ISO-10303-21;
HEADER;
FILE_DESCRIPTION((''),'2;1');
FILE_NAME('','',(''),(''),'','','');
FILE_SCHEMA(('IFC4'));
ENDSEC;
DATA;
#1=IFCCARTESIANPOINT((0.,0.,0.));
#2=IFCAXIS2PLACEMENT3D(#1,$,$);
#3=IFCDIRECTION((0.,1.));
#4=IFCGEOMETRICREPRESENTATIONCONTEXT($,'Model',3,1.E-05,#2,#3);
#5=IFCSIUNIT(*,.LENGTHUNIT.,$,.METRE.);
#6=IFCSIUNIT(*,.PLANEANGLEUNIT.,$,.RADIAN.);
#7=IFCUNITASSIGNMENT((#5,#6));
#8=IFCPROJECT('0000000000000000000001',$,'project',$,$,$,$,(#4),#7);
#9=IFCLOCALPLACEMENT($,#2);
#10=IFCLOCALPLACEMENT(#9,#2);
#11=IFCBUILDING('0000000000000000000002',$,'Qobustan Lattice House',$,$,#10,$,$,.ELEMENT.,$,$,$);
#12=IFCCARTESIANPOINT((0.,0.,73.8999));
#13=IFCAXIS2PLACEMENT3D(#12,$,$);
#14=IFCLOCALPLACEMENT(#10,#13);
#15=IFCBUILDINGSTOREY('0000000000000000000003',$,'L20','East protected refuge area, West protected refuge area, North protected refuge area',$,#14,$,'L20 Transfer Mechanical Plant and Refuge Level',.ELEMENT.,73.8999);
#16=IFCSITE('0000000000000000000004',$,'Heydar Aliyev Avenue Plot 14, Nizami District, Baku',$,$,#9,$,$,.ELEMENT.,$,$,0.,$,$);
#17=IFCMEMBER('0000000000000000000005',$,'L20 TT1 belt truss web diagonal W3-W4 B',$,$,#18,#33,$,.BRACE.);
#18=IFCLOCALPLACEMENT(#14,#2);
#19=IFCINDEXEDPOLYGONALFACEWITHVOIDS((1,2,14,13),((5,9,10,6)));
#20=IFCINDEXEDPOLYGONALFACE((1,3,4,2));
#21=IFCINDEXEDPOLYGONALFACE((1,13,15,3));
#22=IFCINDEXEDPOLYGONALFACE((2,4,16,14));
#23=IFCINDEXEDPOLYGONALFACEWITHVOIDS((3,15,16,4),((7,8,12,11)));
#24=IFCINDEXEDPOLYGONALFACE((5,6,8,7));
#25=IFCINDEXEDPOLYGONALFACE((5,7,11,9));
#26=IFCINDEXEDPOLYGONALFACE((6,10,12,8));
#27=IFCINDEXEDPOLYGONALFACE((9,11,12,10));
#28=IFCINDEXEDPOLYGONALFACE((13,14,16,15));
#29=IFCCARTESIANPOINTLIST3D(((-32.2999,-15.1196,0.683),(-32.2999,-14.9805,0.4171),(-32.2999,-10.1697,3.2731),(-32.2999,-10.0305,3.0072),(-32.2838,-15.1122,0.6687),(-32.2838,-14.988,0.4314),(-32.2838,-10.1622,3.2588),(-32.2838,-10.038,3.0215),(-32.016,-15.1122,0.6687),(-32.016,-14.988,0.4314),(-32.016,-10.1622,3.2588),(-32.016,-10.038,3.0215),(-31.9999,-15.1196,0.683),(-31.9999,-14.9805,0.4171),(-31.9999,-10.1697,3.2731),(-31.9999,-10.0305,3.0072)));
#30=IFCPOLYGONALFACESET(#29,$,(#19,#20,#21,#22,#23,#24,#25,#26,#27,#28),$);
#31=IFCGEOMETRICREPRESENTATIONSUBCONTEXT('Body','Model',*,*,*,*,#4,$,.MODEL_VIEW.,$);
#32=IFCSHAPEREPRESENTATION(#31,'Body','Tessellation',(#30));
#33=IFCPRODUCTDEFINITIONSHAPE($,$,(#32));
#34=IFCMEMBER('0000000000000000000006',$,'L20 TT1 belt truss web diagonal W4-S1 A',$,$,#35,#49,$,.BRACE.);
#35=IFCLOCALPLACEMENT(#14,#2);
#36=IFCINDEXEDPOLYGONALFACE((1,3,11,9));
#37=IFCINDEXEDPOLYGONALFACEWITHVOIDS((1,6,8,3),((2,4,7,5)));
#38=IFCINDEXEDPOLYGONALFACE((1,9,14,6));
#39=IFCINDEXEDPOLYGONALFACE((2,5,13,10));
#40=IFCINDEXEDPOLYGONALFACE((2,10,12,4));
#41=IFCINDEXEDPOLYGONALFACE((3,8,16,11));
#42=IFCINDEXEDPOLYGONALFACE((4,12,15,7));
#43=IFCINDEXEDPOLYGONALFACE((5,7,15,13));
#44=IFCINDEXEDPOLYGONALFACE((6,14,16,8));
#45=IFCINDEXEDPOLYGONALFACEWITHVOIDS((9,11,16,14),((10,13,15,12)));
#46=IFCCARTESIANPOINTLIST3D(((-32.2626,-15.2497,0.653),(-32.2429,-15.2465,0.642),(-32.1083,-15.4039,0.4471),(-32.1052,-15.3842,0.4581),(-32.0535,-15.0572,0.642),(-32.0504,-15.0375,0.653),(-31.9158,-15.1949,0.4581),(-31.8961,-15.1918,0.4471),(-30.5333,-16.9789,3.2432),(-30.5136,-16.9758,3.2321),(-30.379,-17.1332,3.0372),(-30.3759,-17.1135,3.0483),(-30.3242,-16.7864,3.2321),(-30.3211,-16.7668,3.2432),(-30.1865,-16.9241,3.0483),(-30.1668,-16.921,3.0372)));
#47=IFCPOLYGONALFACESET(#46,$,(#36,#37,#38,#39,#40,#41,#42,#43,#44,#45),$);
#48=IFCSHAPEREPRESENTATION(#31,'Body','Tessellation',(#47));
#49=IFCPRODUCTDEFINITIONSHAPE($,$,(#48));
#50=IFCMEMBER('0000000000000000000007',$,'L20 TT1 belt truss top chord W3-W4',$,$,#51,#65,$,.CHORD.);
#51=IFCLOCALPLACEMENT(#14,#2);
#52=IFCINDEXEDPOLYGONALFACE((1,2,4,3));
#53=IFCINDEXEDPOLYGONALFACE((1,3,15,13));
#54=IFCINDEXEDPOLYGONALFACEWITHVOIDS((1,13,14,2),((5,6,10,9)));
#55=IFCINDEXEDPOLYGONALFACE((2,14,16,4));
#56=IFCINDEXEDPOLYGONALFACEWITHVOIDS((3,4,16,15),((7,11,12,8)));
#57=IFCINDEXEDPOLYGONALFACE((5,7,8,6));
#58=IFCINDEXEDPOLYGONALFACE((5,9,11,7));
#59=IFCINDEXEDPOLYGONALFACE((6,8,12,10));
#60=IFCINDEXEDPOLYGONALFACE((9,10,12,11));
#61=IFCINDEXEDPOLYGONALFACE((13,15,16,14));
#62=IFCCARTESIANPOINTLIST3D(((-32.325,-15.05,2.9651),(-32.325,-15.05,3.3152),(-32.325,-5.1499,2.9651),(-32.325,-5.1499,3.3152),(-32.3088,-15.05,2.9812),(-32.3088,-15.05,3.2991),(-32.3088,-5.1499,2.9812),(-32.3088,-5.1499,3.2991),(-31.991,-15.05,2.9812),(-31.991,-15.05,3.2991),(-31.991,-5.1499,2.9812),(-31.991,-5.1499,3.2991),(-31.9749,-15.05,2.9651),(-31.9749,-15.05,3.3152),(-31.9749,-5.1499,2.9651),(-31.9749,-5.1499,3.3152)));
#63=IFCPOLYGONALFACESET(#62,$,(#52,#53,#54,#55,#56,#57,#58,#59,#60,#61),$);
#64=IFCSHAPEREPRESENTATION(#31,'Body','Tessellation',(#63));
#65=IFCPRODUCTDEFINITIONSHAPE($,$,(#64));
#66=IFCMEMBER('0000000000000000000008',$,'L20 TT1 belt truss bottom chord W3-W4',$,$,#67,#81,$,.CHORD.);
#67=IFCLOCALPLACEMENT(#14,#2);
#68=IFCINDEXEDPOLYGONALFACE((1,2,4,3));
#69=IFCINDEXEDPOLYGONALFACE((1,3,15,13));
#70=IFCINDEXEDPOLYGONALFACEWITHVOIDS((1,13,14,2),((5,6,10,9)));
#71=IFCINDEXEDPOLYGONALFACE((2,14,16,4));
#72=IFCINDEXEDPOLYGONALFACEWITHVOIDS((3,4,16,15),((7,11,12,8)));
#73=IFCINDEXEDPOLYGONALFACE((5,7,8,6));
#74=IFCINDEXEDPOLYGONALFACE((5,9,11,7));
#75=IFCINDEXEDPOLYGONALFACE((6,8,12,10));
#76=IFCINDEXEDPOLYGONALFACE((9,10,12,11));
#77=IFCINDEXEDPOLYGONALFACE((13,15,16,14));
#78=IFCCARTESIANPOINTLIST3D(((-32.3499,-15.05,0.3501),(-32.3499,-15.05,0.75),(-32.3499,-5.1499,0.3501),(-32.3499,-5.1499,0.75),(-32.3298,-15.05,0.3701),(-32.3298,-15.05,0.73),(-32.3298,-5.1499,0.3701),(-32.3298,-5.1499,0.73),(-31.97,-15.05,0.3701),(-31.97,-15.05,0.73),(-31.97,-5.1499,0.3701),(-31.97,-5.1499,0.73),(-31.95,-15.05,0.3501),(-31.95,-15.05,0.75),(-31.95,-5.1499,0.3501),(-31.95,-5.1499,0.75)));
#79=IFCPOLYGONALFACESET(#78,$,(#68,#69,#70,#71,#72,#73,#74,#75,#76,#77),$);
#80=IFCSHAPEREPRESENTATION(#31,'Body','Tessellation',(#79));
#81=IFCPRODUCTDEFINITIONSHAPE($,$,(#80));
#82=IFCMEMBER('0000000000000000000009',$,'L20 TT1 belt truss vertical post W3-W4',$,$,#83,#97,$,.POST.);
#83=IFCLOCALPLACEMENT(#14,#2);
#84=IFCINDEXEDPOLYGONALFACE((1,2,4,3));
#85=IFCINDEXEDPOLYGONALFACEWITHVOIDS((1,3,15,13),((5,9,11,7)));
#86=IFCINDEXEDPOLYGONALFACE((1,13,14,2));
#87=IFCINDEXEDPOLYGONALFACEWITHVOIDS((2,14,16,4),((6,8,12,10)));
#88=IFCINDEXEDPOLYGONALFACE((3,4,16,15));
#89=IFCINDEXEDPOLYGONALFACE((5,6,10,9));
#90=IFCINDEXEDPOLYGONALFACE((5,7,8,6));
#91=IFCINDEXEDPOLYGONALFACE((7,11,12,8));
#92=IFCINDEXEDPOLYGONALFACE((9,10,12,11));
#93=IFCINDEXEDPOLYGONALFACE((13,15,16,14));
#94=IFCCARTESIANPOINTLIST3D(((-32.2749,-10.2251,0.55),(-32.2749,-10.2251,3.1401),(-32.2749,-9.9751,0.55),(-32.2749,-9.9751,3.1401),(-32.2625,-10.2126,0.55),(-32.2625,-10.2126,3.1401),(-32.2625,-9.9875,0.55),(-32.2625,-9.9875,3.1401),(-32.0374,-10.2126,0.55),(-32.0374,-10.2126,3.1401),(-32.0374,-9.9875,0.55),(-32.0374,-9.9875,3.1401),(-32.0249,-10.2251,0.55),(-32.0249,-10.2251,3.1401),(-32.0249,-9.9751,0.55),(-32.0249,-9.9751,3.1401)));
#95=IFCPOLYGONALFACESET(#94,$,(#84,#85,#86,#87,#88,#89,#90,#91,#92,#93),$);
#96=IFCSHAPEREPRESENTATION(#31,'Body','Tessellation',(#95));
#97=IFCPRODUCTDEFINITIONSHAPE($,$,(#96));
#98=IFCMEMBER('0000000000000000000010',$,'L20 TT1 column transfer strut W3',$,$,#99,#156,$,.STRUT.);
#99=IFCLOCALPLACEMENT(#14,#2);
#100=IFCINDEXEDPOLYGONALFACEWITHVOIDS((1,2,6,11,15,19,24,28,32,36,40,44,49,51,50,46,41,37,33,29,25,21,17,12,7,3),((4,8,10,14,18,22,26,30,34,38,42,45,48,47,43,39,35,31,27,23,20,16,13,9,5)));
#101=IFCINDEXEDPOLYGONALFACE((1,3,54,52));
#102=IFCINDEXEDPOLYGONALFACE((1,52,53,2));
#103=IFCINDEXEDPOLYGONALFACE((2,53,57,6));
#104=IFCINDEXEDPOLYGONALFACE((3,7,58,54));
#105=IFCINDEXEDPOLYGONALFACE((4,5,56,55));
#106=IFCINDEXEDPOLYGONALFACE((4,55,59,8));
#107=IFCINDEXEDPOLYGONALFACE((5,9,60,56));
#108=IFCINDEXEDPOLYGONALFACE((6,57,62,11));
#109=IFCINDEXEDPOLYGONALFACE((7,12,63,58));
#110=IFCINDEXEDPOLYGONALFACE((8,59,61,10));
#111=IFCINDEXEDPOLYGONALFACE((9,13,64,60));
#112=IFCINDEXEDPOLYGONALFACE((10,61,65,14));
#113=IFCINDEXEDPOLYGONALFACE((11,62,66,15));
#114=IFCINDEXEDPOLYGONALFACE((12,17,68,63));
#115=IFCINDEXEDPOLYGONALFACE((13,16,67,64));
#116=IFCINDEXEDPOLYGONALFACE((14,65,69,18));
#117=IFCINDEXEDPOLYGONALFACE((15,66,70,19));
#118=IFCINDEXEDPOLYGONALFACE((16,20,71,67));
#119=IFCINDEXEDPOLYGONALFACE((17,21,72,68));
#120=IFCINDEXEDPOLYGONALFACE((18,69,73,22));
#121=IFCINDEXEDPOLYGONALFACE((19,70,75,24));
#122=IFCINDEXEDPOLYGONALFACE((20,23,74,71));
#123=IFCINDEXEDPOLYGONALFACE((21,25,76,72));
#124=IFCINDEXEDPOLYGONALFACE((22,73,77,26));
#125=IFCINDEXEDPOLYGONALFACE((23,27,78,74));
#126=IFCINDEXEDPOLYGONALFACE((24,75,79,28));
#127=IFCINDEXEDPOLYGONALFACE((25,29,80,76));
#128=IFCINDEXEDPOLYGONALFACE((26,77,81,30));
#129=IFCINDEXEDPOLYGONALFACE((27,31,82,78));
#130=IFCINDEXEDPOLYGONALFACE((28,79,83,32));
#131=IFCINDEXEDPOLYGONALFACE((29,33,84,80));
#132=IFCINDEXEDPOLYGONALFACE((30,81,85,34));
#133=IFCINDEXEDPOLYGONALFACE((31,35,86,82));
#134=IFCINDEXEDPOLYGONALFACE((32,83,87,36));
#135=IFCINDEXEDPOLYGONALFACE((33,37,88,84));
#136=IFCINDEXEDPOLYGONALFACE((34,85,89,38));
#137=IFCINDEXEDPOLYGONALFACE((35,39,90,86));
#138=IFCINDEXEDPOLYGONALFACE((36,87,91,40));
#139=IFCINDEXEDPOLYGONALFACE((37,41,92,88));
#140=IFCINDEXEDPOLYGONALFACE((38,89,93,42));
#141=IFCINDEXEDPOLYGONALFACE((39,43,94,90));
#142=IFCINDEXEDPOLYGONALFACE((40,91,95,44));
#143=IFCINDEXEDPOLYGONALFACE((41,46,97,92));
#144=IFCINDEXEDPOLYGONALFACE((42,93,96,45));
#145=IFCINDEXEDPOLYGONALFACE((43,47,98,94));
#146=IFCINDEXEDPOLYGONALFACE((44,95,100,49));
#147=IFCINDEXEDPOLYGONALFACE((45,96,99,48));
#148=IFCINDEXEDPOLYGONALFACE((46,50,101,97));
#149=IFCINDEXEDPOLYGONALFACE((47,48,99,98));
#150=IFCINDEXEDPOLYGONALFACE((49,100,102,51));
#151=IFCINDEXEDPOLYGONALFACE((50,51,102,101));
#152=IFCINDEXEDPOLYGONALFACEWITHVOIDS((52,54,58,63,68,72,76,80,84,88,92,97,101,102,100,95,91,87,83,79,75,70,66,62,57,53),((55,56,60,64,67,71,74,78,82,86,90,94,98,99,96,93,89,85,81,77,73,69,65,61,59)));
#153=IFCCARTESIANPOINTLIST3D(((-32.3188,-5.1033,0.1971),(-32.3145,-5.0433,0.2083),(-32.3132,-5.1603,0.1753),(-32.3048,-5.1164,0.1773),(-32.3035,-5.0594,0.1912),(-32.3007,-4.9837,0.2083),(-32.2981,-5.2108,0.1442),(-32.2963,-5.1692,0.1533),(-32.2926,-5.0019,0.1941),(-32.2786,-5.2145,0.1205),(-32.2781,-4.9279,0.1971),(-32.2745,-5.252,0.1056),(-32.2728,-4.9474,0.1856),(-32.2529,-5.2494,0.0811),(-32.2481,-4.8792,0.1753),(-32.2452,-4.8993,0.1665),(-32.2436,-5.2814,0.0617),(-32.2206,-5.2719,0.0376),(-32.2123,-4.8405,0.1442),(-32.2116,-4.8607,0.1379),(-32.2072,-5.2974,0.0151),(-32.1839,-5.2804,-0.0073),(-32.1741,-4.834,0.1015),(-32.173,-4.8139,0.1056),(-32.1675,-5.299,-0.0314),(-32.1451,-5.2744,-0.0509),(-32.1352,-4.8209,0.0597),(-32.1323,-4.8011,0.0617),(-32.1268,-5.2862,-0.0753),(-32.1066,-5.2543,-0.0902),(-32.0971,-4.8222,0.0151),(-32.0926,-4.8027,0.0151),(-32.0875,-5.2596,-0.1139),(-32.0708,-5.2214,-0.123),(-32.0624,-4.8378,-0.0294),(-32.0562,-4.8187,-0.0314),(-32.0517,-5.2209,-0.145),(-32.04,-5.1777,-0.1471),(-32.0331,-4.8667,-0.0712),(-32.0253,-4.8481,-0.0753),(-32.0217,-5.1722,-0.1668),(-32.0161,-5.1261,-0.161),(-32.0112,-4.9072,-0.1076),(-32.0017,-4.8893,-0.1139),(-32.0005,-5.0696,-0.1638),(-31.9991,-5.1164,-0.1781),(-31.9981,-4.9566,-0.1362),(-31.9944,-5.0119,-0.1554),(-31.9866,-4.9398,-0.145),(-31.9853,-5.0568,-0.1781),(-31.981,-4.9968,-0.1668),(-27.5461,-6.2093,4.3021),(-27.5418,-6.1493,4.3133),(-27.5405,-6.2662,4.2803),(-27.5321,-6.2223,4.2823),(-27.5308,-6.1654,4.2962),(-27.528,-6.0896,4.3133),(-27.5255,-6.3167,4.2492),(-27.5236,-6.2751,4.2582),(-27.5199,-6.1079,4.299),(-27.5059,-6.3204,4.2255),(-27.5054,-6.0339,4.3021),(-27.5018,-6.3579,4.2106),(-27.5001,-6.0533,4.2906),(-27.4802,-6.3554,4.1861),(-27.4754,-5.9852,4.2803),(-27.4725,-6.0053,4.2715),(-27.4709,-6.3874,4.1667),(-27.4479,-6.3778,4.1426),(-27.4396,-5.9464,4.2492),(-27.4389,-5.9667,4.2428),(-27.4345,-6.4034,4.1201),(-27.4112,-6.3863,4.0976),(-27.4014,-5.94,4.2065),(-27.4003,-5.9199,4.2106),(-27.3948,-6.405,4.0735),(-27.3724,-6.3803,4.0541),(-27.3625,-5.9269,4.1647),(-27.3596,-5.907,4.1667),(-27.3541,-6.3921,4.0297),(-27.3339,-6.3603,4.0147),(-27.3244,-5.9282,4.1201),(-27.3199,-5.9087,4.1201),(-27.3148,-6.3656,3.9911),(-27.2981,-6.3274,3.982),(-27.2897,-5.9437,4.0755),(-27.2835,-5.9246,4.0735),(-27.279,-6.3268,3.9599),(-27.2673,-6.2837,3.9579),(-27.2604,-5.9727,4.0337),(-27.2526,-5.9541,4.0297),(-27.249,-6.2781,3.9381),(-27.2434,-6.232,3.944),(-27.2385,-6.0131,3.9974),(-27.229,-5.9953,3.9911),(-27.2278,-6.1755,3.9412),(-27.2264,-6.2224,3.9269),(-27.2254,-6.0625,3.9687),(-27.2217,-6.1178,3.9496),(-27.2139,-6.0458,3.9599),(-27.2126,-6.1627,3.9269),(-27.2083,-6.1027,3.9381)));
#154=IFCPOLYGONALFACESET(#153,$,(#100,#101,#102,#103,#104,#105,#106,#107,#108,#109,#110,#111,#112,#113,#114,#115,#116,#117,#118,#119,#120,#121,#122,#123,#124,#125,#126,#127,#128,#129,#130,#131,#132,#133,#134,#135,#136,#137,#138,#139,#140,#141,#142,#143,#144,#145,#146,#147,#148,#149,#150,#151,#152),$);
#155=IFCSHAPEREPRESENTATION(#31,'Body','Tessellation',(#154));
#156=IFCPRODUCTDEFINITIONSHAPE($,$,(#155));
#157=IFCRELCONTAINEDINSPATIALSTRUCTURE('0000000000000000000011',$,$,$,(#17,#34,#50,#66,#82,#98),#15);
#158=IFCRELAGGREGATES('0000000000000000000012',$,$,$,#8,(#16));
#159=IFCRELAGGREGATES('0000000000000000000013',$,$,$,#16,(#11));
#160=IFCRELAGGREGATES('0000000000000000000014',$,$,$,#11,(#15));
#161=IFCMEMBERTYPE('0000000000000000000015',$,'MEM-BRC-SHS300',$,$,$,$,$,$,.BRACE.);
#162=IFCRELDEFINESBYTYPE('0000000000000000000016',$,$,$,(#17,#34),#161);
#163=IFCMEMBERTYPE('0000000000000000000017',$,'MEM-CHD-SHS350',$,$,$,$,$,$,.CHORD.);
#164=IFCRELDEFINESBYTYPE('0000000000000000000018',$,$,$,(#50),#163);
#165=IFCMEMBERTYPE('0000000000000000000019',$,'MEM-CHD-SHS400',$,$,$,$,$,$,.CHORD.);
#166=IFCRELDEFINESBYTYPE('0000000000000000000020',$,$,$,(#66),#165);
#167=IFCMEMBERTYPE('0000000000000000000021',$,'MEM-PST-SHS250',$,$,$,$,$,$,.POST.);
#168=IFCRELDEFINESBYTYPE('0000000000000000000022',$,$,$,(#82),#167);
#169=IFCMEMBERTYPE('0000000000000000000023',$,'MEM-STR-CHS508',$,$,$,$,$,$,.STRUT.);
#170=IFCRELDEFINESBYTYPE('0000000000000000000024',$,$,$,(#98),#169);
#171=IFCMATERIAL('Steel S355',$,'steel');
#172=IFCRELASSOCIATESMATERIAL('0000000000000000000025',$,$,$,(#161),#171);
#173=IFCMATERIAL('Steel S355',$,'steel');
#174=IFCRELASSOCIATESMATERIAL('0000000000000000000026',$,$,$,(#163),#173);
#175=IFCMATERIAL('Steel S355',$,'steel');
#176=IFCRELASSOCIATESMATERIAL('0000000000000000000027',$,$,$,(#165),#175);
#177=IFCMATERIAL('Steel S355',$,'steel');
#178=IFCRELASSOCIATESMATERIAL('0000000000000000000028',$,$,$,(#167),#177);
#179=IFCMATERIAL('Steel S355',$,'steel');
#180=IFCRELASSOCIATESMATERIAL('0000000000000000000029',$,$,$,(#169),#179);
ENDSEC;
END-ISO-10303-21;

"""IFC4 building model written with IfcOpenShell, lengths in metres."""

from ifc_helpers import new_model, si_unit, direction, frame, origin, origin_2d, place, context, subcontext, project, spatial, hollow_rectangle, hollow_circle, extrude, material, material_profile, profile_set, type_object, element, save


model = new_model("IFC4")

# Units and contexts
model_context = context("Model", 3, precision=1e-05, world=origin(), true_north=direction((0.0, 1.0)))
body_context = subcontext(model_context, "Body", "Model", "MODEL_VIEW")
ifc_project = project(units=[si_unit("LENGTHUNIT", "METRE"), si_unit("PLANEANGLEUNIT", "RADIAN")], contexts=[model_context])

# Site, building, storey
site_placement = place(None, origin())
site = spatial("IfcSite", under=ifc_project, at=site_placement, Name="Heydar Aliyev Avenue Plot 14, Nizami District, Baku", CompositionType="ELEMENT", RefElevation=0.0)
building_placement = place(site_placement, origin())
building = spatial("IfcBuilding", under=site, at=building_placement, Name="Qobustan Lattice House", CompositionType="ELEMENT")
storey_placement = place(building_placement, frame((0.0, 0.0, 73.8999)))
storey = spatial("IfcBuildingStorey", under=building, at=storey_placement, Name="L20", Description="East protected refuge area, West protected refuge area, North protected refuge area", LongName="L20 Transfer Mechanical Plant and Refuge Level", CompositionType="ELEMENT", Elevation=73.8999)

# Members
ifc_material_1 = material(Name="Steel S355", Category="steel")
ifc_material_profile_1 = material_profile(ifc_material_1, hollow_rectangle(XDim=0.3, YDim=0.3, WallThickness=0.0161, at=origin_2d()), Name="SHS300x300x16")
ifc_profile_set_1 = profile_set([ifc_material_profile_1], Name="Steel S355")
member_type_1 = type_object("IfcMemberType", Name="MEM-BRC-SHS300", PredefinedType="BRACE", material=ifc_profile_set_1)
member_1_placement = place(storey_placement, frame((-32.1499, -10.1001, 3.1401), z_axis=(0.0, -0.886033, -0.463622), x_axis=(1.0, 0.0, 0.0)))
element("IfcMember", 1, at=member_1_placement, inside=storey, type_object=member_type_1, Name="L20 TT1 belt truss web diagonal W3-W4 B", PredefinedType="BRACE", context=body_context, shape_type="SweptSolid", body=[
    extrude(hollow_rectangle(XDim=0.3, YDim=0.3, WallThickness=0.0161, at=origin_2d()), origin(), (0.0, 0.0, 1.0), 5.5867),
])
member_2_placement = place(storey_placement, frame((-32.0793, -15.2207, 0.55), z_axis=(0.485446, -0.485446, 0.727107), x_axis=(0.707107, 0.707107, 0.0)))
element("IfcMember", 2, at=member_2_placement, inside=storey, type_object=member_type_1, Name="L20 TT1 belt truss web diagonal W4-S1 A", PredefinedType="BRACE", context=body_context, shape_type="SweptSolid", body=[
    extrude(hollow_rectangle(XDim=0.3, YDim=0.3, WallThickness=0.0161, at=origin_2d()), origin(), (0.0, 0.0, 1.0), 3.5623),
])
ifc_material_2 = material(Name="Steel S355", Category="steel")
ifc_material_profile_2 = material_profile(ifc_material_2, hollow_rectangle(XDim=0.3501, YDim=0.3501, WallThickness=0.0161, at=origin_2d()), Name="SHS350x350x16")
ifc_profile_set_2 = profile_set([ifc_material_profile_2], Name="Steel S355")
member_type_2 = type_object("IfcMemberType", Name="MEM-CHD-SHS350", PredefinedType="CHORD", material=ifc_profile_set_2)
member_3_placement = place(storey_placement, frame((-32.1499, -5.1499, 3.1401), z_axis=(0.0, -1.0, 0.0), x_axis=(1.0, 0.0, 0.0)))
element("IfcMember", 3, at=member_3_placement, inside=storey, type_object=member_type_2, Name="L20 TT1 belt truss top chord W3-W4", PredefinedType="CHORD", context=body_context, shape_type="SweptSolid", body=[
    extrude(hollow_rectangle(XDim=0.3501, YDim=0.3501, WallThickness=0.0161, at=origin_2d()), origin(), (0.0, 0.0, 1.0), 9.9001),
])
ifc_material_3 = material(Name="Steel S355", Category="steel")
ifc_material_profile_3 = material_profile(ifc_material_3, hollow_rectangle(XDim=0.3999, YDim=0.3999, WallThickness=0.02, at=origin_2d()), Name="SHS400x400x20")
ifc_profile_set_3 = profile_set([ifc_material_profile_3], Name="Steel S355")
member_type_3 = type_object("IfcMemberType", Name="MEM-CHD-SHS400", PredefinedType="CHORD", material=ifc_profile_set_3)
member_4_placement = place(storey_placement, frame((-32.1499, -5.1499, 0.55), z_axis=(0.0, -1.0, 0.0), x_axis=(1.0, 0.0, 0.0)))
element("IfcMember", 4, at=member_4_placement, inside=storey, type_object=member_type_3, Name="L20 TT1 belt truss bottom chord W3-W4", PredefinedType="CHORD", context=body_context, shape_type="SweptSolid", body=[
    extrude(hollow_rectangle(XDim=0.3999, YDim=0.3999, WallThickness=0.02, at=origin_2d()), origin(), (0.0, 0.0, 1.0), 9.9001),
])
ifc_material_4 = material(Name="Steel S355", Category="steel")
ifc_material_profile_4 = material_profile(ifc_material_4, hollow_rectangle(XDim=0.25, YDim=0.25, WallThickness=0.0125, at=origin_2d()), Name="SHS250x250x12.5")
ifc_profile_set_4 = profile_set([ifc_material_profile_4], Name="Steel S355")
member_type_4 = type_object("IfcMemberType", Name="MEM-PST-SHS250", PredefinedType="POST", material=ifc_profile_set_4)
member_5_placement = place(storey_placement, frame((-32.1499, -10.1001, 0.55), z_axis=(0.0, 0.0, 1.0), x_axis=(1.0, 0.0, 0.0)))
element("IfcMember", 5, at=member_5_placement, inside=storey, type_object=member_type_4, Name="L20 TT1 belt truss vertical post W3-W4", PredefinedType="POST", context=body_context, shape_type="SweptSolid", body=[
    extrude(hollow_rectangle(XDim=0.25, YDim=0.25, WallThickness=0.0125, at=origin_2d()), origin(), (0.0, 0.0, 1.0), 2.5901),
])
ifc_material_5 = material(Name="Steel S355", Category="steel")
ifc_material_profile_5 = material_profile(ifc_material_5, hollow_circle(Radius=0.2539, WallThickness=0.02, at=origin_2d()), Name="CHS508x20")
ifc_profile_set_5 = profile_set([ifc_material_profile_5], Name="Steel S355")
member_type_5 = type_object("IfcMemberType", Name="MEM-STR-CHS508", PredefinedType="STRUT", material=ifc_profile_set_5)
member_6_placement = place(storey_placement, frame((-32.1499, -5.05, 0.0151), z_axis=(0.746714, -0.173033, 0.642245), x_axis=(0.225744, 0.974187, 0.0)))
element("IfcMember", 6, at=member_6_placement, inside=storey, type_object=member_type_5, Name="L20 TT1 column transfer strut W3", PredefinedType="STRUT", context=body_context, shape_type="SweptSolid", body=[
    extrude(hollow_circle(Radius=0.2539, WallThickness=0.02, at=origin_2d()), origin(), (0.0, 0.0, 1.0), 6.3916),
])

save(model, "model.ifc")
